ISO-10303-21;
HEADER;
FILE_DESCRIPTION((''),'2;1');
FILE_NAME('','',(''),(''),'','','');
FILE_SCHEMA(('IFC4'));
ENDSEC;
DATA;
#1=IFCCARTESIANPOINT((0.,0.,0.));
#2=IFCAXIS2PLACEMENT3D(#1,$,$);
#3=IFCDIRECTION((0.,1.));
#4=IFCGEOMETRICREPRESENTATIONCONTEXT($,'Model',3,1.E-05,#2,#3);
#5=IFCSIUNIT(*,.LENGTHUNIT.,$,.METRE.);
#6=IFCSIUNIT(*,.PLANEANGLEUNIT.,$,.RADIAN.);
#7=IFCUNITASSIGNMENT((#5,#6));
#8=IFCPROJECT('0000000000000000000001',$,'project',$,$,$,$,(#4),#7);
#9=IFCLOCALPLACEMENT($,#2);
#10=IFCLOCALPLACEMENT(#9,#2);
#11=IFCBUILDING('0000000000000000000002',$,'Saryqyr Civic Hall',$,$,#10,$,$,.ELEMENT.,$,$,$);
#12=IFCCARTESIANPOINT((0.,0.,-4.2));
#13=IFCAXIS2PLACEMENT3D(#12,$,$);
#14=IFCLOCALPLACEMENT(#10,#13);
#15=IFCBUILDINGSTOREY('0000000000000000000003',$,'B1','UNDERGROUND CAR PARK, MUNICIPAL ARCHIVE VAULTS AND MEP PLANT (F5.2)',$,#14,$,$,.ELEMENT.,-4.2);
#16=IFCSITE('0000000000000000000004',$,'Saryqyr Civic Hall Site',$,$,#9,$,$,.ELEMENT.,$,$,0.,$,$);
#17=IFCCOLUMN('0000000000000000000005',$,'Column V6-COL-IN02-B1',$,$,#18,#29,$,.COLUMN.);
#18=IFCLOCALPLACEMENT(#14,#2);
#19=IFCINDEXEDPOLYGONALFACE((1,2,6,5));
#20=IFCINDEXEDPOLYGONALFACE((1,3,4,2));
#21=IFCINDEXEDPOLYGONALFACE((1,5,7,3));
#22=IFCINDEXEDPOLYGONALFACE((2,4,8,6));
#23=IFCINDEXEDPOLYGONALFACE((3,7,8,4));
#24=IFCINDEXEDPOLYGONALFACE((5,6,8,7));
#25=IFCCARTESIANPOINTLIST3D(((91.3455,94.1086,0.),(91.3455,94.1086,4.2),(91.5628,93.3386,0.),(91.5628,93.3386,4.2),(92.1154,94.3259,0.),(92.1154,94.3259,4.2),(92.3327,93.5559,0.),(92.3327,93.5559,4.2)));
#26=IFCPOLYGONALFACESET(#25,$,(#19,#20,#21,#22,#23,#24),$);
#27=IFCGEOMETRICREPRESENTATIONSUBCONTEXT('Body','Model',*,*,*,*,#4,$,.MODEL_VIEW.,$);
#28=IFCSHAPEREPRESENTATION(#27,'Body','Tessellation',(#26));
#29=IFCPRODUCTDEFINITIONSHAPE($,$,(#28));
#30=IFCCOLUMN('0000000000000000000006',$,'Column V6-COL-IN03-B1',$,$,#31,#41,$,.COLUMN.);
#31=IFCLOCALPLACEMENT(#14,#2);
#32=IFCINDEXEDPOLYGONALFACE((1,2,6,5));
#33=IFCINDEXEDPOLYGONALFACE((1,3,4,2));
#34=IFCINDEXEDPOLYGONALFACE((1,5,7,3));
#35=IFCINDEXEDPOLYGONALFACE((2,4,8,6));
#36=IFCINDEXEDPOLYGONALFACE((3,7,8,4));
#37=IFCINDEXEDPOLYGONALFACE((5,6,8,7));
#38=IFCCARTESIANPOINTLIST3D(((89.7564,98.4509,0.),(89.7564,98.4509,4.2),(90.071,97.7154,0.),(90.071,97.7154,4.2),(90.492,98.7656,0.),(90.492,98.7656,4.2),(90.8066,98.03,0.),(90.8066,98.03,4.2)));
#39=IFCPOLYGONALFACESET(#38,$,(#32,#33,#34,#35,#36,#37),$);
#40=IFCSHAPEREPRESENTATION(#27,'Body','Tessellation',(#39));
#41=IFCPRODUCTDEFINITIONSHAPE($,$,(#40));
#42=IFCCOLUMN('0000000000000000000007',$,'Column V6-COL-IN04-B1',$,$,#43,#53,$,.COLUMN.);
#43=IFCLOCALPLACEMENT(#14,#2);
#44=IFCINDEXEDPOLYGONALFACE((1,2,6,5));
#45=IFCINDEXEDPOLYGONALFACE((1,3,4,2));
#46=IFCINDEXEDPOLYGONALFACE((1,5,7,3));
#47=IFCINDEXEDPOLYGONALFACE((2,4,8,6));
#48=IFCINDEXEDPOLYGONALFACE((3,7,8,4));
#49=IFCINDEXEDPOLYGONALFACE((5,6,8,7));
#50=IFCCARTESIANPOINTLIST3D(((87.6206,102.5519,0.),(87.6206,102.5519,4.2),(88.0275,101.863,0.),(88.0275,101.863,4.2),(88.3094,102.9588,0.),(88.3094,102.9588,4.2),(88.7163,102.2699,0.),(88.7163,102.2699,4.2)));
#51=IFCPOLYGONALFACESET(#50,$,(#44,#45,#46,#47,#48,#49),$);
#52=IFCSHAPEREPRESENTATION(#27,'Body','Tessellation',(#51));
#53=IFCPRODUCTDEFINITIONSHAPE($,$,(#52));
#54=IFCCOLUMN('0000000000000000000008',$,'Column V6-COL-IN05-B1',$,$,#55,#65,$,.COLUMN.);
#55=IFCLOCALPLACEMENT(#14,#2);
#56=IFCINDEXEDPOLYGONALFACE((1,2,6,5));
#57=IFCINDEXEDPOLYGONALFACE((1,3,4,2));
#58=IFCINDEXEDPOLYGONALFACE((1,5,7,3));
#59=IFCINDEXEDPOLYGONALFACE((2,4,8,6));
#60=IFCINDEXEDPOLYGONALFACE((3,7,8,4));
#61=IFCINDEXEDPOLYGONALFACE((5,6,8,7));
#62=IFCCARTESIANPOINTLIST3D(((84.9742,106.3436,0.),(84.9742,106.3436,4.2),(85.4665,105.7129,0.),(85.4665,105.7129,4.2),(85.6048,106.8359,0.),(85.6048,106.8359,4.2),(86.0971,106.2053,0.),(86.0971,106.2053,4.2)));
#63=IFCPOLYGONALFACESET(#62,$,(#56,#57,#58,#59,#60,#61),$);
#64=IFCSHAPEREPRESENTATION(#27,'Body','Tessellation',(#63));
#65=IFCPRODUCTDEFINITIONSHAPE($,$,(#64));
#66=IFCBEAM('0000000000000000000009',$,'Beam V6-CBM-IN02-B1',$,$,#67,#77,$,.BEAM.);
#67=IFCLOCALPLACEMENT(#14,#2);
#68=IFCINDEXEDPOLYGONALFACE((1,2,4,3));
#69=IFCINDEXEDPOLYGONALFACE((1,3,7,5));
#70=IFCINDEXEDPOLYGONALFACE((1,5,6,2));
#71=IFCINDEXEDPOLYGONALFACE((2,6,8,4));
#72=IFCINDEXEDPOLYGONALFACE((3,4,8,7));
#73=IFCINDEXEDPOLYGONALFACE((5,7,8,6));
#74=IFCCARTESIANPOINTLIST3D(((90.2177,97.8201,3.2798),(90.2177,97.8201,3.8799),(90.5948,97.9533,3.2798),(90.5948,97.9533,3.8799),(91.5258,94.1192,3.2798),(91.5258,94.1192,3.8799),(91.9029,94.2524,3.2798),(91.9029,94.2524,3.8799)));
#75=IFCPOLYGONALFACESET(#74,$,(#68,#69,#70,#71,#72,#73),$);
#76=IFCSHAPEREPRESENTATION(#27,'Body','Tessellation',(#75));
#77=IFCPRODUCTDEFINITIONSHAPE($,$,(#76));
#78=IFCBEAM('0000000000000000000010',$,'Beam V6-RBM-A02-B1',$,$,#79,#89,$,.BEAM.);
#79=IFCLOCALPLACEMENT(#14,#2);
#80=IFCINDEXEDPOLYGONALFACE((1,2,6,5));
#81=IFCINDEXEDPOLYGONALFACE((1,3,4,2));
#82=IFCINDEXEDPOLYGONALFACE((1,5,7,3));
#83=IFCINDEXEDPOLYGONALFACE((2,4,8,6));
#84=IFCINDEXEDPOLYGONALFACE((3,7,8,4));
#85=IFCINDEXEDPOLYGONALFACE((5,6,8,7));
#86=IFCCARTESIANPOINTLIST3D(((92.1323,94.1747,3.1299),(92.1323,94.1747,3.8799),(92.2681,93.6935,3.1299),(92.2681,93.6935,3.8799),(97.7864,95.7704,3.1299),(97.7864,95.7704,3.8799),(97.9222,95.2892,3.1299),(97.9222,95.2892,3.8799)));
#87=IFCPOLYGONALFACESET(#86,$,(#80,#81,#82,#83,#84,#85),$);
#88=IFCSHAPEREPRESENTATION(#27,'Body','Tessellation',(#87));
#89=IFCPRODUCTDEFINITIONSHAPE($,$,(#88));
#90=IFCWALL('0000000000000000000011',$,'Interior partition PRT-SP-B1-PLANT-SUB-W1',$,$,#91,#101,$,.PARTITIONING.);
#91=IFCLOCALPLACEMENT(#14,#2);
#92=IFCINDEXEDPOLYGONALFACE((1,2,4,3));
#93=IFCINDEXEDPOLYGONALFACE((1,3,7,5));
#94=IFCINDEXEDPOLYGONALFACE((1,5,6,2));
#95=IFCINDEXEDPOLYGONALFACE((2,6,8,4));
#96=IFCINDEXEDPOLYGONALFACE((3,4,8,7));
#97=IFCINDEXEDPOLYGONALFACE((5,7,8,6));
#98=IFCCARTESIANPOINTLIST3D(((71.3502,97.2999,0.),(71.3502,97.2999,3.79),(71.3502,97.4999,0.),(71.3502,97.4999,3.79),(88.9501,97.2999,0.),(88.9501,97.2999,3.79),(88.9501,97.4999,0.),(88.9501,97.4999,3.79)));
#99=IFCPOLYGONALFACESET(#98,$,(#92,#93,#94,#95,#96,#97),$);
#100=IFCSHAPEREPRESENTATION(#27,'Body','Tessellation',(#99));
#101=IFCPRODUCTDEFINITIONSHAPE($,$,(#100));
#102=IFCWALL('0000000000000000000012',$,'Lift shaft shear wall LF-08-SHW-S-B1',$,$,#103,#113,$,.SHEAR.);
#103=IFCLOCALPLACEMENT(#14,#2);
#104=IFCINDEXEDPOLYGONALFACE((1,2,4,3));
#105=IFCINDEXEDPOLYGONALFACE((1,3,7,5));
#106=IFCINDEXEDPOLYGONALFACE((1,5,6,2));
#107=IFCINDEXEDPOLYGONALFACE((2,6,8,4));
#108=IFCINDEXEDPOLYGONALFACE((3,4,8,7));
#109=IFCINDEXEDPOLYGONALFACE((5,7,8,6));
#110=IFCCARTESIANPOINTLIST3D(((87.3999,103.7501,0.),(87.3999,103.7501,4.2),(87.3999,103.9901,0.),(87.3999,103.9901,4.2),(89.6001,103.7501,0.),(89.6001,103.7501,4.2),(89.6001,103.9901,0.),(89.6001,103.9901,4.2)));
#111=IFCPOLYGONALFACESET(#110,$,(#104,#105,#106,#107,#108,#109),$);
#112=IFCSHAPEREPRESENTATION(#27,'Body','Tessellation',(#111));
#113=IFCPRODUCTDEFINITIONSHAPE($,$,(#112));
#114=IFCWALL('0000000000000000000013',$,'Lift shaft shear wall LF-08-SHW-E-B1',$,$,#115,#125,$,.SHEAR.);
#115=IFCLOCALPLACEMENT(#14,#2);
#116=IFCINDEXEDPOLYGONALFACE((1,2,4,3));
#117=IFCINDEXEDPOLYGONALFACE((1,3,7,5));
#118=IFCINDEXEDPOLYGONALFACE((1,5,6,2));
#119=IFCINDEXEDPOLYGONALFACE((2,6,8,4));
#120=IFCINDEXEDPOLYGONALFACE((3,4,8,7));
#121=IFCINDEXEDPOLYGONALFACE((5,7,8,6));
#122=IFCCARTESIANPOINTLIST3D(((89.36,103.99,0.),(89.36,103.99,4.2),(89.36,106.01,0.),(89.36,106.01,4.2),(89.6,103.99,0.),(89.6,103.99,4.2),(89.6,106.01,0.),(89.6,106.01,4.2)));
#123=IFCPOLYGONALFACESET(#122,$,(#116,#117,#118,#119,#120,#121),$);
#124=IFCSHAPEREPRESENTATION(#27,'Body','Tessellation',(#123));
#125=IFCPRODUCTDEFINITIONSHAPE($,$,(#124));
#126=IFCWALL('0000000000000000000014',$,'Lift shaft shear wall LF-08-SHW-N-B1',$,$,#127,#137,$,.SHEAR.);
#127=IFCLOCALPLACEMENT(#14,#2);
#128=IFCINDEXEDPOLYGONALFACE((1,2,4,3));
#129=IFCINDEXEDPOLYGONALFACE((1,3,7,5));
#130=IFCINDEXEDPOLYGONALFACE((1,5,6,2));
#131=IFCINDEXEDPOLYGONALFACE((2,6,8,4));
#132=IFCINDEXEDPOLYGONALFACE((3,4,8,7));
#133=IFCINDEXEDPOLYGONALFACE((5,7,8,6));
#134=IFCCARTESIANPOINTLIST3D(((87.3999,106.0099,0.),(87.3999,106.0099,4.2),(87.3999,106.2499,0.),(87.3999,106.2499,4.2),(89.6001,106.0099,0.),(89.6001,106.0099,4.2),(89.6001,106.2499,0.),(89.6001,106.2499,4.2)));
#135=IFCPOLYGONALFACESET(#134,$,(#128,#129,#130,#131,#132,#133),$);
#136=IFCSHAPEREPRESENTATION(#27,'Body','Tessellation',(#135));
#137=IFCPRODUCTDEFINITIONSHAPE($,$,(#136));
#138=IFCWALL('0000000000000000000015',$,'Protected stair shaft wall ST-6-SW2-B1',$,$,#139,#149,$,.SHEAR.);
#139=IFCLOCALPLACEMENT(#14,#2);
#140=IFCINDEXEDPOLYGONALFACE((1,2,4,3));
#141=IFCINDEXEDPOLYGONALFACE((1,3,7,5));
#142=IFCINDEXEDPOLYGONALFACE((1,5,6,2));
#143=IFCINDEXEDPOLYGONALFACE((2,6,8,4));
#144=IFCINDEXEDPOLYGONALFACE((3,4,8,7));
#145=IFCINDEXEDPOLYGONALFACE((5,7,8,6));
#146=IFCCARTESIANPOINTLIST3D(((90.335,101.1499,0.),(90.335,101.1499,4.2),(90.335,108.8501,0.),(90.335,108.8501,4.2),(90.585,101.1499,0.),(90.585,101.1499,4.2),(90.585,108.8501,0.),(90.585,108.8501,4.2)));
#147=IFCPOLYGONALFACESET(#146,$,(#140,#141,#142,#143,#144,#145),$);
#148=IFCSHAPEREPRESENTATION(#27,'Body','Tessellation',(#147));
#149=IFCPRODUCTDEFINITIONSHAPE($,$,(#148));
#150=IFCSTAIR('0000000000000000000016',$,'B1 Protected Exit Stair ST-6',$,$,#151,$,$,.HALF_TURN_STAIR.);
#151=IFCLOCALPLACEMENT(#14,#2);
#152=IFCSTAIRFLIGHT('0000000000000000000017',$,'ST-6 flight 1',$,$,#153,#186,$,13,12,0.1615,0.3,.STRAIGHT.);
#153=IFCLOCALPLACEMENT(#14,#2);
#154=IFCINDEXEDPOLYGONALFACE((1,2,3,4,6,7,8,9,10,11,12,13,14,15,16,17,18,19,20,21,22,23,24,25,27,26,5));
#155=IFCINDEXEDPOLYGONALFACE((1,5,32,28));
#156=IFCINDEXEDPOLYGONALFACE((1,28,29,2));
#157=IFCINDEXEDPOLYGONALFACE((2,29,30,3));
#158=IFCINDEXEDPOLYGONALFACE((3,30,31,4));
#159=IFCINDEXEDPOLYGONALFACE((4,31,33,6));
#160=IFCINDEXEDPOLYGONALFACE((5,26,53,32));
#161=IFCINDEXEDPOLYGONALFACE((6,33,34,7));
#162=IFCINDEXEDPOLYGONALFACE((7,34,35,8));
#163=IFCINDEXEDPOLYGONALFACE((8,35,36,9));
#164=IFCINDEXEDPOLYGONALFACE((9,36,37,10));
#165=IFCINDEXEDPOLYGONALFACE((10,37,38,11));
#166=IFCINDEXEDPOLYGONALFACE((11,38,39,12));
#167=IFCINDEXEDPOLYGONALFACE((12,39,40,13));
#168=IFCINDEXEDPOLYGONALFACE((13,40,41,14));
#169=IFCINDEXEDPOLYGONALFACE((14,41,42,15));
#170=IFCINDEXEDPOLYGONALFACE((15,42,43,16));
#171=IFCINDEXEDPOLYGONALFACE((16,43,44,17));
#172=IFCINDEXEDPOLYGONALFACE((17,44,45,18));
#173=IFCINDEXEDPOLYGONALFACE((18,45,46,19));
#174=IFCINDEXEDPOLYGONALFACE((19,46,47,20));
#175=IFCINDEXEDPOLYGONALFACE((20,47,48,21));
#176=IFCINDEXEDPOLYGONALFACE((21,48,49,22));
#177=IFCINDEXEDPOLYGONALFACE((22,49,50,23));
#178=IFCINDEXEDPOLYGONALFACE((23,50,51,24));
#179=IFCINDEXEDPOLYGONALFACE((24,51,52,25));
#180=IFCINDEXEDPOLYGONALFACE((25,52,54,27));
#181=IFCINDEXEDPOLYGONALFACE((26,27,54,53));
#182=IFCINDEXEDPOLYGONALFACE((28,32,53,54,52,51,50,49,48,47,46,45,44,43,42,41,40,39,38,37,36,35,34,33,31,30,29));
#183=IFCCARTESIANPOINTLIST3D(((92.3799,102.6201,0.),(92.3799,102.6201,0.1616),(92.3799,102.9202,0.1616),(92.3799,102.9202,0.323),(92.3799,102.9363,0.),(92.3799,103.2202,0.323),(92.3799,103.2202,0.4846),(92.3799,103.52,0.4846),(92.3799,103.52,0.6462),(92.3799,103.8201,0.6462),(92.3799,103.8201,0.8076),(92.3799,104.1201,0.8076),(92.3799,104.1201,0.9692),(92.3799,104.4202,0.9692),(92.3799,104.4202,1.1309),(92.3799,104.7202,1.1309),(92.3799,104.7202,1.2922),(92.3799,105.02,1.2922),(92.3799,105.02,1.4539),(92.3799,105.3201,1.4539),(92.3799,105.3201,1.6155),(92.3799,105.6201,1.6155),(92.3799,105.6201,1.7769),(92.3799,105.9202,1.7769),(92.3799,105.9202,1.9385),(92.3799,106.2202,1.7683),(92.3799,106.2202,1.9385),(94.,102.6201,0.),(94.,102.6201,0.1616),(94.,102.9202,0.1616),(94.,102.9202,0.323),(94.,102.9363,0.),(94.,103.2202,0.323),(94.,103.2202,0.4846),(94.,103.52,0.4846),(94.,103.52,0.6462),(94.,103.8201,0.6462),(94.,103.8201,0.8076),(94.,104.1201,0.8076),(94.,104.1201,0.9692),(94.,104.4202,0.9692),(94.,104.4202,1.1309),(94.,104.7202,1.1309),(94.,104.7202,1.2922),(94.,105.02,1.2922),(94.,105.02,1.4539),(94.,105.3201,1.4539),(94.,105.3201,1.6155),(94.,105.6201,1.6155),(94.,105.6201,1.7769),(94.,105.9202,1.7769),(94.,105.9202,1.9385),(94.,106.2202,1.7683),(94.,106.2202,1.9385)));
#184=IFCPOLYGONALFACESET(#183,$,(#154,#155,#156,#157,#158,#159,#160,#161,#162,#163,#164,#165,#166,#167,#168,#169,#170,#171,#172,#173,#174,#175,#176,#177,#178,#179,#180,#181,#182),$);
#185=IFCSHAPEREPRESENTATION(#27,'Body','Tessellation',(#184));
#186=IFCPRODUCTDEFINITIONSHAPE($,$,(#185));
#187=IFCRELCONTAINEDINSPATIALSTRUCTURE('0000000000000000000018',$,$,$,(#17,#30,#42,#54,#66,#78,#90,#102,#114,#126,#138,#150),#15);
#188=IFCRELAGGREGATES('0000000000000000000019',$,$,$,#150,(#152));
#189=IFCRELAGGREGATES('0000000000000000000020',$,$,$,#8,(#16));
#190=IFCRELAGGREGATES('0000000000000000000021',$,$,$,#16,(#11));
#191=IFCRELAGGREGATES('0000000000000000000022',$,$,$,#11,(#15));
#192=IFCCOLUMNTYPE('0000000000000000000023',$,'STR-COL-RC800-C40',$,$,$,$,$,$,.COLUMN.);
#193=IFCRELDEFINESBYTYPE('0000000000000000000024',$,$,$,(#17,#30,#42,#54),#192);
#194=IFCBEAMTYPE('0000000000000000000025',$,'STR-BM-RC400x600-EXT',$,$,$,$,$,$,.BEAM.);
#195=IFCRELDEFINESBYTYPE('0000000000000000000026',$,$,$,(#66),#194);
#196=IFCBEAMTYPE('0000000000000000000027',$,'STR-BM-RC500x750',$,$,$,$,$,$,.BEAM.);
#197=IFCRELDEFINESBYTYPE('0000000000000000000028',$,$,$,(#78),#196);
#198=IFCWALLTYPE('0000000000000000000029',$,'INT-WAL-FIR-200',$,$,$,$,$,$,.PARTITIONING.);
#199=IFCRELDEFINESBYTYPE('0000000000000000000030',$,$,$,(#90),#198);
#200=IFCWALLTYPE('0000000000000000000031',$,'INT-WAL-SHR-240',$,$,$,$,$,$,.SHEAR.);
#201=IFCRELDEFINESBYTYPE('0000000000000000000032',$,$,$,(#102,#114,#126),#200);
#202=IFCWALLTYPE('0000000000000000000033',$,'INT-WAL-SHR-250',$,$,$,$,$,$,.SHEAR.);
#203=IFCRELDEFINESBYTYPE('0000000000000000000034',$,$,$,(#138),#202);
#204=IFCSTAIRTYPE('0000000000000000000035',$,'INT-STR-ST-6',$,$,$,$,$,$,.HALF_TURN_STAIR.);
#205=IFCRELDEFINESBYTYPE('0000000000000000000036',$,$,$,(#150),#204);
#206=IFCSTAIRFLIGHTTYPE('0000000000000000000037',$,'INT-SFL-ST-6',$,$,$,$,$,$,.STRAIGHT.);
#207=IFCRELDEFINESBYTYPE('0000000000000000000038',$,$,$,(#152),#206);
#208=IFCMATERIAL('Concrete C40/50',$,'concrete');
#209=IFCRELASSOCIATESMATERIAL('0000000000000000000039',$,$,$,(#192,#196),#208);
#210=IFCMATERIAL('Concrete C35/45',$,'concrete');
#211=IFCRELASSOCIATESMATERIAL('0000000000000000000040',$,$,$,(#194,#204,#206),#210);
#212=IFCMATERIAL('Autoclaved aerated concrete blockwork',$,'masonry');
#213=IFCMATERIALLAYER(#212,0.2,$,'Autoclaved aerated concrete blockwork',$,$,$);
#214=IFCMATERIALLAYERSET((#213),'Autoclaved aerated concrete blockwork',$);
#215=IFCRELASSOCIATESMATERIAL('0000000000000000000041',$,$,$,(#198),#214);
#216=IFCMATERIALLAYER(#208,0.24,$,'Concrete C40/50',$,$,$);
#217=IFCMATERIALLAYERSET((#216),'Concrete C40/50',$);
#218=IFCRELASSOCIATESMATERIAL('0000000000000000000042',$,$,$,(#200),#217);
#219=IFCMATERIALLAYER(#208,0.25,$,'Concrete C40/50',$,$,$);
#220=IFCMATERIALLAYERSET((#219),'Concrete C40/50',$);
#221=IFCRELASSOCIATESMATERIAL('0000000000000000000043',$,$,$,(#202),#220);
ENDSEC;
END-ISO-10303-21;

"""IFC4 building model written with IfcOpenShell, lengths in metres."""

from ifc_helpers import new_model, si_unit, direction, frame, frame_2d, origin, origin_2d, place, context, subcontext, project, spatial, polyline, rectangle, outline, extrude, material, layer, layer_set, material_profile, profile_set, type_object, element, aggregate, save


model = new_model("IFC4")

# Units and contexts
model_context = context("Model", 3, precision=1e-05, world=origin(), true_north=direction((0.0, 1.0)))
body_context = subcontext(model_context, "Body", "Model", "MODEL_VIEW")
ifc_project = project(units=[si_unit("LENGTHUNIT", "METRE"), si_unit("PLANEANGLEUNIT", "RADIAN")], contexts=[model_context])

# Site, building, storey
site_placement = place(None, origin())
site = spatial("IfcSite", under=ifc_project, at=site_placement, Name="Saryqyr Civic Hall Site", CompositionType="ELEMENT", RefElevation=0.0)
building_placement = place(site_placement, origin())
building = spatial("IfcBuilding", under=site, at=building_placement, Name="Saryqyr Civic Hall", CompositionType="ELEMENT")
storey_placement = place(building_placement, frame((0.0, 0.0, -4.2)))
storey = spatial("IfcBuildingStorey", under=building, at=storey_placement, Name="B1", Description="UNDERGROUND CAR PARK, MUNICIPAL ARCHIVE VAULTS AND MEP PLANT (F5.2)", CompositionType="ELEMENT", Elevation=-4.2)

# Shared definitions
ifc_material_1 = material(Name="Concrete C35/45", Category="concrete")

# Columns
ifc_material_2 = material(Name="Concrete C40/50", Category="concrete")
ifc_material_profile_1 = material_profile(ifc_material_2, rectangle(XDim=0.8, YDim=0.8, at=origin_2d()), Name="RC 800x800")
ifc_profile_set_1 = profile_set([ifc_material_profile_1], Name="Concrete C40/50")
column_type_1 = type_object("IfcColumnType", Name="STR-COL-RC800-C40", PredefinedType="COLUMN", material=ifc_profile_set_1)
for number, where, z_axis, x_axis, name in (
    (1, (91.8391, 93.8323, 0.0), (0.0, 0.0, 1.0), (0.962408, 0.271608, 0.0), "Column V6-COL-IN02-B1"),
    (2, (90.2815, 98.2405, 0.0), (0.0, 0.0, 1.0), (0.91941, 0.3933, 0.0), "Column V6-COL-IN03-B1"),
    (3, (88.1685, 102.4109, 0.0), (0.0, 0.0, 1.0), (0.861008, 0.508591, 0.0), "Column V6-COL-IN04-B1"),
    (4, (85.5356, 106.2744, 0.0), (0.0, 0.0, 1.0), (0.788226, 0.615386, 0.0), "Column V6-COL-IN05-B1"),
):
    element("IfcColumn", number, at=place(storey_placement, frame(where, z_axis=z_axis, x_axis=x_axis)), inside=storey, type_object=column_type_1, Name=name, PredefinedType="COLUMN", context=body_context, shape_type="SweptSolid", body=[
        extrude(rectangle(XDim=0.8, YDim=0.8, at=origin_2d()), origin(), (0.0, 0.0, 1.0), 4.2),
    ])

# Beams
ifc_material_profile_2 = material_profile(ifc_material_1, rectangle(XDim=0.3999, YDim=0.6001, at=origin_2d()), Name="RC 400x600")
ifc_profile_set_2 = profile_set([ifc_material_profile_2], Name="Concrete C35/45")
beam_type_1 = type_object("IfcBeamType", Name="STR-BM-RC400x600-EXT", PredefinedType="BEAM", material=ifc_profile_set_2)
beam_1_placement = place(storey_placement, frame((91.7144, 94.1858, 3.5798), z_axis=(-0.33325, 0.942839, 0.0), x_axis=(-0.942839, -0.33325, 0.0)))
element("IfcBeam", 5, at=beam_1_placement, inside=storey, type_object=beam_type_1, Name="Beam V6-CBM-IN02-B1", PredefinedType="BEAM", context=body_context, shape_type="SweptSolid", body=[
    extrude(rectangle(XDim=0.3999, YDim=0.6001, at=origin_2d()), origin(), (0.0, 0.0, 1.0), 3.9253),
])
ifc_material_profile_3 = material_profile(ifc_material_2, rectangle(XDim=0.5, YDim=0.75, at=origin_2d()), Name="RC 500x750")
ifc_profile_set_3 = profile_set([ifc_material_profile_3], Name="Concrete C40/50")
beam_type_2 = type_object("IfcBeamType", Name="STR-BM-RC500x750", PredefinedType="BEAM", material=ifc_profile_set_3)
beam_2_placement = place(storey_placement, frame((92.2002, 93.9341, 3.5049), z_axis=(0.962407, 0.271613, 0.0), x_axis=(-0.271613, 0.962407, 0.0)))
element("IfcBeam", 6, at=beam_2_placement, inside=storey, type_object=beam_type_2, Name="Beam V6-RBM-A02-B1", PredefinedType="BEAM", context=body_context, shape_type="SweptSolid", body=[
    extrude(rectangle(XDim=0.5, YDim=0.75, at=origin_2d()), origin(), (0.0, 0.0, 1.0), 5.875),
])

# Walls
ifc_material_3 = material(Name="Autoclaved aerated concrete blockwork", Category="masonry")
ifc_layer_1 = layer(ifc_material_3, 0.2, Name="Autoclaved aerated concrete blockwork")
ifc_layer_set_1 = layer_set([ifc_layer_1], Name="Autoclaved aerated concrete blockwork")
wall_type_1 = type_object("IfcWallType", Name="INT-WAL-FIR-200", PredefinedType="PARTITIONING", material=ifc_layer_set_1)
wall_1_placement = place(storey_placement, frame((88.95, 97.3999, 0.0), z_axis=(0.0, 0.0, 1.0), x_axis=(-1.0, 0.0, 0.0)))
element("IfcWall", 7, at=wall_1_placement, inside=storey, type_object=wall_type_1, Name="Interior partition PRT-SP-B1-PLANT-SUB-W1", PredefinedType="PARTITIONING", context=body_context, shape_type="SweptSolid", body=[
    extrude(rectangle(XDim=17.5999, YDim=0.2, at=frame_2d((8.7998, 0.0))), origin(), (0.0, 0.0, 1.0), 3.79),
])
ifc_layer_2 = layer(ifc_material_2, 0.24, Name="Concrete C40/50")
ifc_layer_set_2 = layer_set([ifc_layer_2], Name="Concrete C40/50")
wall_type_2 = type_object("IfcWallType", Name="INT-WAL-SHR-240", PredefinedType="SHEAR", material=ifc_layer_set_2)
wall_2_placement = place(storey_placement, frame((89.6001, 103.8701, 0.0), z_axis=(0.0, 0.0, 1.0), x_axis=(-1.0, 0.0, 0.0)))
element("IfcWall", 8, at=wall_2_placement, inside=storey, type_object=wall_type_2, Name="Lift shaft shear wall LF-08-SHW-S-B1", PredefinedType="SHEAR", context=body_context, shape_type="SweptSolid", body=[
    extrude(rectangle(XDim=2.2002, YDim=0.24, at=frame_2d((1.1001, 0.0))), origin(), (0.0, 0.0, 1.0), 4.2),
])
wall_3_placement = place(storey_placement, frame((89.48, 106.01, 0.0), z_axis=(0.0, 0.0, 1.0), x_axis=(0.0, -1.0, 0.0)))
element("IfcWall", 9, at=wall_3_placement, inside=storey, type_object=wall_type_2, Name="Lift shaft shear wall LF-08-SHW-E-B1", PredefinedType="SHEAR", context=body_context, shape_type="SweptSolid", body=[
    extrude(rectangle(XDim=2.02, YDim=0.24, at=frame_2d((1.01, 0.0))), origin(), (0.0, 0.0, 1.0), 4.2),
])
wall_4_placement = place(storey_placement, frame((87.3999, 106.1299, 0.0), z_axis=(0.0, 0.0, 1.0), x_axis=(1.0, 0.0, 0.0)))
element("IfcWall", 10, at=wall_4_placement, inside=storey, type_object=wall_type_2, Name="Lift shaft shear wall LF-08-SHW-N-B1", PredefinedType="SHEAR", context=body_context, shape_type="SweptSolid", body=[
    extrude(rectangle(XDim=2.2002, YDim=0.24, at=frame_2d((1.1001, 0.0))), origin(), (0.0, 0.0, 1.0), 4.2),
])

# Wall
ifc_layer_3 = layer(ifc_material_2, 0.25, Name="Concrete C40/50")
ifc_layer_set_3 = layer_set([ifc_layer_3], Name="Concrete C40/50")
wall_type_3 = type_object("IfcWallType", Name="INT-WAL-SHR-250", PredefinedType="SHEAR", material=ifc_layer_set_3)
wall_5_placement = place(storey_placement, frame((90.46, 101.1499, 0.0), z_axis=(0.0, 0.0, 1.0), x_axis=(0.0, 1.0, 0.0)))
element("IfcWall", 11, at=wall_5_placement, inside=storey, type_object=wall_type_3, Name="Protected stair shaft wall ST-6-SW2-B1", PredefinedType="SHEAR", context=body_context, shape_type="SweptSolid", body=[
    extrude(rectangle(XDim=7.7002, YDim=0.25, at=frame_2d((3.8501, 0.0))), origin(), (0.0, 0.0, 1.0), 4.2),
])

# Stair, stair flight
stair_type = type_object("IfcStairType", Name="INT-STR-ST-6", PredefinedType="HALF_TURN_STAIR", material=ifc_material_1)
stair_placement = place(storey_placement, origin())
stair = element("IfcStair", 12, at=stair_placement, inside=storey, type_object=stair_type, Name="B1 Protected Exit Stair ST-6", PredefinedType="HALF_TURN_STAIR")
stair_flight_type = type_object("IfcStairFlightType", Name="INT-SFL-ST-6", PredefinedType="STRAIGHT", material=ifc_material_1)
stair_flight_1_placement = place(storey_placement, frame((93.1899, 102.6201, 0.0), z_axis=(0.0, 0.0, 1.0), x_axis=(0.0, 1.0, 0.0)))
stair_flight_1 = element("IfcStairFlight", 13, at=stair_flight_1_placement, type_object=stair_flight_type, Name="ST-6 flight 1", NumberOfRisers=13, NumberOfTreads=12, PredefinedType="STRAIGHT", RiserHeight=0.1615, TreadLength=0.3, context=body_context, shape_type="SweptSolid", body=[
    extrude(outline(polyline([(0.0, 0.0), (0.0, 0.1616), (0.3, 0.1616), (0.3, 0.323), (0.6001, 0.323), (0.6001, 0.4846), (0.8999, 0.4846), (0.8999, 0.6462), (1.2, 0.6462), (1.2, 0.8076), (1.5, 0.8076), (1.5, 0.9692), (1.8, 0.9692), (1.8, 1.1309), (2.1001, 1.1309), (2.1001, 1.2922), (2.3999, 1.2922), (2.3999, 1.4539), (2.7, 1.4539), (2.7, 1.6155), (3.0, 1.6155), (3.0, 1.7769), (3.3, 1.7769), (3.3, 1.9385), (3.6001, 1.9385), (3.6001, 2.1001), (3.6001, 1.7683), (0.3162, 0.0), (0.0, 0.0)])), frame((0.0, 0.8101, 0.0), z_axis=(0.0, -1.0, 0.0), x_axis=(1.0, 0.0, 0.0)), (0.0, 0.0, 1.0), 1.6201),
])
aggregate(stair, [stair_flight_1])

save(model, "model.ifc")
